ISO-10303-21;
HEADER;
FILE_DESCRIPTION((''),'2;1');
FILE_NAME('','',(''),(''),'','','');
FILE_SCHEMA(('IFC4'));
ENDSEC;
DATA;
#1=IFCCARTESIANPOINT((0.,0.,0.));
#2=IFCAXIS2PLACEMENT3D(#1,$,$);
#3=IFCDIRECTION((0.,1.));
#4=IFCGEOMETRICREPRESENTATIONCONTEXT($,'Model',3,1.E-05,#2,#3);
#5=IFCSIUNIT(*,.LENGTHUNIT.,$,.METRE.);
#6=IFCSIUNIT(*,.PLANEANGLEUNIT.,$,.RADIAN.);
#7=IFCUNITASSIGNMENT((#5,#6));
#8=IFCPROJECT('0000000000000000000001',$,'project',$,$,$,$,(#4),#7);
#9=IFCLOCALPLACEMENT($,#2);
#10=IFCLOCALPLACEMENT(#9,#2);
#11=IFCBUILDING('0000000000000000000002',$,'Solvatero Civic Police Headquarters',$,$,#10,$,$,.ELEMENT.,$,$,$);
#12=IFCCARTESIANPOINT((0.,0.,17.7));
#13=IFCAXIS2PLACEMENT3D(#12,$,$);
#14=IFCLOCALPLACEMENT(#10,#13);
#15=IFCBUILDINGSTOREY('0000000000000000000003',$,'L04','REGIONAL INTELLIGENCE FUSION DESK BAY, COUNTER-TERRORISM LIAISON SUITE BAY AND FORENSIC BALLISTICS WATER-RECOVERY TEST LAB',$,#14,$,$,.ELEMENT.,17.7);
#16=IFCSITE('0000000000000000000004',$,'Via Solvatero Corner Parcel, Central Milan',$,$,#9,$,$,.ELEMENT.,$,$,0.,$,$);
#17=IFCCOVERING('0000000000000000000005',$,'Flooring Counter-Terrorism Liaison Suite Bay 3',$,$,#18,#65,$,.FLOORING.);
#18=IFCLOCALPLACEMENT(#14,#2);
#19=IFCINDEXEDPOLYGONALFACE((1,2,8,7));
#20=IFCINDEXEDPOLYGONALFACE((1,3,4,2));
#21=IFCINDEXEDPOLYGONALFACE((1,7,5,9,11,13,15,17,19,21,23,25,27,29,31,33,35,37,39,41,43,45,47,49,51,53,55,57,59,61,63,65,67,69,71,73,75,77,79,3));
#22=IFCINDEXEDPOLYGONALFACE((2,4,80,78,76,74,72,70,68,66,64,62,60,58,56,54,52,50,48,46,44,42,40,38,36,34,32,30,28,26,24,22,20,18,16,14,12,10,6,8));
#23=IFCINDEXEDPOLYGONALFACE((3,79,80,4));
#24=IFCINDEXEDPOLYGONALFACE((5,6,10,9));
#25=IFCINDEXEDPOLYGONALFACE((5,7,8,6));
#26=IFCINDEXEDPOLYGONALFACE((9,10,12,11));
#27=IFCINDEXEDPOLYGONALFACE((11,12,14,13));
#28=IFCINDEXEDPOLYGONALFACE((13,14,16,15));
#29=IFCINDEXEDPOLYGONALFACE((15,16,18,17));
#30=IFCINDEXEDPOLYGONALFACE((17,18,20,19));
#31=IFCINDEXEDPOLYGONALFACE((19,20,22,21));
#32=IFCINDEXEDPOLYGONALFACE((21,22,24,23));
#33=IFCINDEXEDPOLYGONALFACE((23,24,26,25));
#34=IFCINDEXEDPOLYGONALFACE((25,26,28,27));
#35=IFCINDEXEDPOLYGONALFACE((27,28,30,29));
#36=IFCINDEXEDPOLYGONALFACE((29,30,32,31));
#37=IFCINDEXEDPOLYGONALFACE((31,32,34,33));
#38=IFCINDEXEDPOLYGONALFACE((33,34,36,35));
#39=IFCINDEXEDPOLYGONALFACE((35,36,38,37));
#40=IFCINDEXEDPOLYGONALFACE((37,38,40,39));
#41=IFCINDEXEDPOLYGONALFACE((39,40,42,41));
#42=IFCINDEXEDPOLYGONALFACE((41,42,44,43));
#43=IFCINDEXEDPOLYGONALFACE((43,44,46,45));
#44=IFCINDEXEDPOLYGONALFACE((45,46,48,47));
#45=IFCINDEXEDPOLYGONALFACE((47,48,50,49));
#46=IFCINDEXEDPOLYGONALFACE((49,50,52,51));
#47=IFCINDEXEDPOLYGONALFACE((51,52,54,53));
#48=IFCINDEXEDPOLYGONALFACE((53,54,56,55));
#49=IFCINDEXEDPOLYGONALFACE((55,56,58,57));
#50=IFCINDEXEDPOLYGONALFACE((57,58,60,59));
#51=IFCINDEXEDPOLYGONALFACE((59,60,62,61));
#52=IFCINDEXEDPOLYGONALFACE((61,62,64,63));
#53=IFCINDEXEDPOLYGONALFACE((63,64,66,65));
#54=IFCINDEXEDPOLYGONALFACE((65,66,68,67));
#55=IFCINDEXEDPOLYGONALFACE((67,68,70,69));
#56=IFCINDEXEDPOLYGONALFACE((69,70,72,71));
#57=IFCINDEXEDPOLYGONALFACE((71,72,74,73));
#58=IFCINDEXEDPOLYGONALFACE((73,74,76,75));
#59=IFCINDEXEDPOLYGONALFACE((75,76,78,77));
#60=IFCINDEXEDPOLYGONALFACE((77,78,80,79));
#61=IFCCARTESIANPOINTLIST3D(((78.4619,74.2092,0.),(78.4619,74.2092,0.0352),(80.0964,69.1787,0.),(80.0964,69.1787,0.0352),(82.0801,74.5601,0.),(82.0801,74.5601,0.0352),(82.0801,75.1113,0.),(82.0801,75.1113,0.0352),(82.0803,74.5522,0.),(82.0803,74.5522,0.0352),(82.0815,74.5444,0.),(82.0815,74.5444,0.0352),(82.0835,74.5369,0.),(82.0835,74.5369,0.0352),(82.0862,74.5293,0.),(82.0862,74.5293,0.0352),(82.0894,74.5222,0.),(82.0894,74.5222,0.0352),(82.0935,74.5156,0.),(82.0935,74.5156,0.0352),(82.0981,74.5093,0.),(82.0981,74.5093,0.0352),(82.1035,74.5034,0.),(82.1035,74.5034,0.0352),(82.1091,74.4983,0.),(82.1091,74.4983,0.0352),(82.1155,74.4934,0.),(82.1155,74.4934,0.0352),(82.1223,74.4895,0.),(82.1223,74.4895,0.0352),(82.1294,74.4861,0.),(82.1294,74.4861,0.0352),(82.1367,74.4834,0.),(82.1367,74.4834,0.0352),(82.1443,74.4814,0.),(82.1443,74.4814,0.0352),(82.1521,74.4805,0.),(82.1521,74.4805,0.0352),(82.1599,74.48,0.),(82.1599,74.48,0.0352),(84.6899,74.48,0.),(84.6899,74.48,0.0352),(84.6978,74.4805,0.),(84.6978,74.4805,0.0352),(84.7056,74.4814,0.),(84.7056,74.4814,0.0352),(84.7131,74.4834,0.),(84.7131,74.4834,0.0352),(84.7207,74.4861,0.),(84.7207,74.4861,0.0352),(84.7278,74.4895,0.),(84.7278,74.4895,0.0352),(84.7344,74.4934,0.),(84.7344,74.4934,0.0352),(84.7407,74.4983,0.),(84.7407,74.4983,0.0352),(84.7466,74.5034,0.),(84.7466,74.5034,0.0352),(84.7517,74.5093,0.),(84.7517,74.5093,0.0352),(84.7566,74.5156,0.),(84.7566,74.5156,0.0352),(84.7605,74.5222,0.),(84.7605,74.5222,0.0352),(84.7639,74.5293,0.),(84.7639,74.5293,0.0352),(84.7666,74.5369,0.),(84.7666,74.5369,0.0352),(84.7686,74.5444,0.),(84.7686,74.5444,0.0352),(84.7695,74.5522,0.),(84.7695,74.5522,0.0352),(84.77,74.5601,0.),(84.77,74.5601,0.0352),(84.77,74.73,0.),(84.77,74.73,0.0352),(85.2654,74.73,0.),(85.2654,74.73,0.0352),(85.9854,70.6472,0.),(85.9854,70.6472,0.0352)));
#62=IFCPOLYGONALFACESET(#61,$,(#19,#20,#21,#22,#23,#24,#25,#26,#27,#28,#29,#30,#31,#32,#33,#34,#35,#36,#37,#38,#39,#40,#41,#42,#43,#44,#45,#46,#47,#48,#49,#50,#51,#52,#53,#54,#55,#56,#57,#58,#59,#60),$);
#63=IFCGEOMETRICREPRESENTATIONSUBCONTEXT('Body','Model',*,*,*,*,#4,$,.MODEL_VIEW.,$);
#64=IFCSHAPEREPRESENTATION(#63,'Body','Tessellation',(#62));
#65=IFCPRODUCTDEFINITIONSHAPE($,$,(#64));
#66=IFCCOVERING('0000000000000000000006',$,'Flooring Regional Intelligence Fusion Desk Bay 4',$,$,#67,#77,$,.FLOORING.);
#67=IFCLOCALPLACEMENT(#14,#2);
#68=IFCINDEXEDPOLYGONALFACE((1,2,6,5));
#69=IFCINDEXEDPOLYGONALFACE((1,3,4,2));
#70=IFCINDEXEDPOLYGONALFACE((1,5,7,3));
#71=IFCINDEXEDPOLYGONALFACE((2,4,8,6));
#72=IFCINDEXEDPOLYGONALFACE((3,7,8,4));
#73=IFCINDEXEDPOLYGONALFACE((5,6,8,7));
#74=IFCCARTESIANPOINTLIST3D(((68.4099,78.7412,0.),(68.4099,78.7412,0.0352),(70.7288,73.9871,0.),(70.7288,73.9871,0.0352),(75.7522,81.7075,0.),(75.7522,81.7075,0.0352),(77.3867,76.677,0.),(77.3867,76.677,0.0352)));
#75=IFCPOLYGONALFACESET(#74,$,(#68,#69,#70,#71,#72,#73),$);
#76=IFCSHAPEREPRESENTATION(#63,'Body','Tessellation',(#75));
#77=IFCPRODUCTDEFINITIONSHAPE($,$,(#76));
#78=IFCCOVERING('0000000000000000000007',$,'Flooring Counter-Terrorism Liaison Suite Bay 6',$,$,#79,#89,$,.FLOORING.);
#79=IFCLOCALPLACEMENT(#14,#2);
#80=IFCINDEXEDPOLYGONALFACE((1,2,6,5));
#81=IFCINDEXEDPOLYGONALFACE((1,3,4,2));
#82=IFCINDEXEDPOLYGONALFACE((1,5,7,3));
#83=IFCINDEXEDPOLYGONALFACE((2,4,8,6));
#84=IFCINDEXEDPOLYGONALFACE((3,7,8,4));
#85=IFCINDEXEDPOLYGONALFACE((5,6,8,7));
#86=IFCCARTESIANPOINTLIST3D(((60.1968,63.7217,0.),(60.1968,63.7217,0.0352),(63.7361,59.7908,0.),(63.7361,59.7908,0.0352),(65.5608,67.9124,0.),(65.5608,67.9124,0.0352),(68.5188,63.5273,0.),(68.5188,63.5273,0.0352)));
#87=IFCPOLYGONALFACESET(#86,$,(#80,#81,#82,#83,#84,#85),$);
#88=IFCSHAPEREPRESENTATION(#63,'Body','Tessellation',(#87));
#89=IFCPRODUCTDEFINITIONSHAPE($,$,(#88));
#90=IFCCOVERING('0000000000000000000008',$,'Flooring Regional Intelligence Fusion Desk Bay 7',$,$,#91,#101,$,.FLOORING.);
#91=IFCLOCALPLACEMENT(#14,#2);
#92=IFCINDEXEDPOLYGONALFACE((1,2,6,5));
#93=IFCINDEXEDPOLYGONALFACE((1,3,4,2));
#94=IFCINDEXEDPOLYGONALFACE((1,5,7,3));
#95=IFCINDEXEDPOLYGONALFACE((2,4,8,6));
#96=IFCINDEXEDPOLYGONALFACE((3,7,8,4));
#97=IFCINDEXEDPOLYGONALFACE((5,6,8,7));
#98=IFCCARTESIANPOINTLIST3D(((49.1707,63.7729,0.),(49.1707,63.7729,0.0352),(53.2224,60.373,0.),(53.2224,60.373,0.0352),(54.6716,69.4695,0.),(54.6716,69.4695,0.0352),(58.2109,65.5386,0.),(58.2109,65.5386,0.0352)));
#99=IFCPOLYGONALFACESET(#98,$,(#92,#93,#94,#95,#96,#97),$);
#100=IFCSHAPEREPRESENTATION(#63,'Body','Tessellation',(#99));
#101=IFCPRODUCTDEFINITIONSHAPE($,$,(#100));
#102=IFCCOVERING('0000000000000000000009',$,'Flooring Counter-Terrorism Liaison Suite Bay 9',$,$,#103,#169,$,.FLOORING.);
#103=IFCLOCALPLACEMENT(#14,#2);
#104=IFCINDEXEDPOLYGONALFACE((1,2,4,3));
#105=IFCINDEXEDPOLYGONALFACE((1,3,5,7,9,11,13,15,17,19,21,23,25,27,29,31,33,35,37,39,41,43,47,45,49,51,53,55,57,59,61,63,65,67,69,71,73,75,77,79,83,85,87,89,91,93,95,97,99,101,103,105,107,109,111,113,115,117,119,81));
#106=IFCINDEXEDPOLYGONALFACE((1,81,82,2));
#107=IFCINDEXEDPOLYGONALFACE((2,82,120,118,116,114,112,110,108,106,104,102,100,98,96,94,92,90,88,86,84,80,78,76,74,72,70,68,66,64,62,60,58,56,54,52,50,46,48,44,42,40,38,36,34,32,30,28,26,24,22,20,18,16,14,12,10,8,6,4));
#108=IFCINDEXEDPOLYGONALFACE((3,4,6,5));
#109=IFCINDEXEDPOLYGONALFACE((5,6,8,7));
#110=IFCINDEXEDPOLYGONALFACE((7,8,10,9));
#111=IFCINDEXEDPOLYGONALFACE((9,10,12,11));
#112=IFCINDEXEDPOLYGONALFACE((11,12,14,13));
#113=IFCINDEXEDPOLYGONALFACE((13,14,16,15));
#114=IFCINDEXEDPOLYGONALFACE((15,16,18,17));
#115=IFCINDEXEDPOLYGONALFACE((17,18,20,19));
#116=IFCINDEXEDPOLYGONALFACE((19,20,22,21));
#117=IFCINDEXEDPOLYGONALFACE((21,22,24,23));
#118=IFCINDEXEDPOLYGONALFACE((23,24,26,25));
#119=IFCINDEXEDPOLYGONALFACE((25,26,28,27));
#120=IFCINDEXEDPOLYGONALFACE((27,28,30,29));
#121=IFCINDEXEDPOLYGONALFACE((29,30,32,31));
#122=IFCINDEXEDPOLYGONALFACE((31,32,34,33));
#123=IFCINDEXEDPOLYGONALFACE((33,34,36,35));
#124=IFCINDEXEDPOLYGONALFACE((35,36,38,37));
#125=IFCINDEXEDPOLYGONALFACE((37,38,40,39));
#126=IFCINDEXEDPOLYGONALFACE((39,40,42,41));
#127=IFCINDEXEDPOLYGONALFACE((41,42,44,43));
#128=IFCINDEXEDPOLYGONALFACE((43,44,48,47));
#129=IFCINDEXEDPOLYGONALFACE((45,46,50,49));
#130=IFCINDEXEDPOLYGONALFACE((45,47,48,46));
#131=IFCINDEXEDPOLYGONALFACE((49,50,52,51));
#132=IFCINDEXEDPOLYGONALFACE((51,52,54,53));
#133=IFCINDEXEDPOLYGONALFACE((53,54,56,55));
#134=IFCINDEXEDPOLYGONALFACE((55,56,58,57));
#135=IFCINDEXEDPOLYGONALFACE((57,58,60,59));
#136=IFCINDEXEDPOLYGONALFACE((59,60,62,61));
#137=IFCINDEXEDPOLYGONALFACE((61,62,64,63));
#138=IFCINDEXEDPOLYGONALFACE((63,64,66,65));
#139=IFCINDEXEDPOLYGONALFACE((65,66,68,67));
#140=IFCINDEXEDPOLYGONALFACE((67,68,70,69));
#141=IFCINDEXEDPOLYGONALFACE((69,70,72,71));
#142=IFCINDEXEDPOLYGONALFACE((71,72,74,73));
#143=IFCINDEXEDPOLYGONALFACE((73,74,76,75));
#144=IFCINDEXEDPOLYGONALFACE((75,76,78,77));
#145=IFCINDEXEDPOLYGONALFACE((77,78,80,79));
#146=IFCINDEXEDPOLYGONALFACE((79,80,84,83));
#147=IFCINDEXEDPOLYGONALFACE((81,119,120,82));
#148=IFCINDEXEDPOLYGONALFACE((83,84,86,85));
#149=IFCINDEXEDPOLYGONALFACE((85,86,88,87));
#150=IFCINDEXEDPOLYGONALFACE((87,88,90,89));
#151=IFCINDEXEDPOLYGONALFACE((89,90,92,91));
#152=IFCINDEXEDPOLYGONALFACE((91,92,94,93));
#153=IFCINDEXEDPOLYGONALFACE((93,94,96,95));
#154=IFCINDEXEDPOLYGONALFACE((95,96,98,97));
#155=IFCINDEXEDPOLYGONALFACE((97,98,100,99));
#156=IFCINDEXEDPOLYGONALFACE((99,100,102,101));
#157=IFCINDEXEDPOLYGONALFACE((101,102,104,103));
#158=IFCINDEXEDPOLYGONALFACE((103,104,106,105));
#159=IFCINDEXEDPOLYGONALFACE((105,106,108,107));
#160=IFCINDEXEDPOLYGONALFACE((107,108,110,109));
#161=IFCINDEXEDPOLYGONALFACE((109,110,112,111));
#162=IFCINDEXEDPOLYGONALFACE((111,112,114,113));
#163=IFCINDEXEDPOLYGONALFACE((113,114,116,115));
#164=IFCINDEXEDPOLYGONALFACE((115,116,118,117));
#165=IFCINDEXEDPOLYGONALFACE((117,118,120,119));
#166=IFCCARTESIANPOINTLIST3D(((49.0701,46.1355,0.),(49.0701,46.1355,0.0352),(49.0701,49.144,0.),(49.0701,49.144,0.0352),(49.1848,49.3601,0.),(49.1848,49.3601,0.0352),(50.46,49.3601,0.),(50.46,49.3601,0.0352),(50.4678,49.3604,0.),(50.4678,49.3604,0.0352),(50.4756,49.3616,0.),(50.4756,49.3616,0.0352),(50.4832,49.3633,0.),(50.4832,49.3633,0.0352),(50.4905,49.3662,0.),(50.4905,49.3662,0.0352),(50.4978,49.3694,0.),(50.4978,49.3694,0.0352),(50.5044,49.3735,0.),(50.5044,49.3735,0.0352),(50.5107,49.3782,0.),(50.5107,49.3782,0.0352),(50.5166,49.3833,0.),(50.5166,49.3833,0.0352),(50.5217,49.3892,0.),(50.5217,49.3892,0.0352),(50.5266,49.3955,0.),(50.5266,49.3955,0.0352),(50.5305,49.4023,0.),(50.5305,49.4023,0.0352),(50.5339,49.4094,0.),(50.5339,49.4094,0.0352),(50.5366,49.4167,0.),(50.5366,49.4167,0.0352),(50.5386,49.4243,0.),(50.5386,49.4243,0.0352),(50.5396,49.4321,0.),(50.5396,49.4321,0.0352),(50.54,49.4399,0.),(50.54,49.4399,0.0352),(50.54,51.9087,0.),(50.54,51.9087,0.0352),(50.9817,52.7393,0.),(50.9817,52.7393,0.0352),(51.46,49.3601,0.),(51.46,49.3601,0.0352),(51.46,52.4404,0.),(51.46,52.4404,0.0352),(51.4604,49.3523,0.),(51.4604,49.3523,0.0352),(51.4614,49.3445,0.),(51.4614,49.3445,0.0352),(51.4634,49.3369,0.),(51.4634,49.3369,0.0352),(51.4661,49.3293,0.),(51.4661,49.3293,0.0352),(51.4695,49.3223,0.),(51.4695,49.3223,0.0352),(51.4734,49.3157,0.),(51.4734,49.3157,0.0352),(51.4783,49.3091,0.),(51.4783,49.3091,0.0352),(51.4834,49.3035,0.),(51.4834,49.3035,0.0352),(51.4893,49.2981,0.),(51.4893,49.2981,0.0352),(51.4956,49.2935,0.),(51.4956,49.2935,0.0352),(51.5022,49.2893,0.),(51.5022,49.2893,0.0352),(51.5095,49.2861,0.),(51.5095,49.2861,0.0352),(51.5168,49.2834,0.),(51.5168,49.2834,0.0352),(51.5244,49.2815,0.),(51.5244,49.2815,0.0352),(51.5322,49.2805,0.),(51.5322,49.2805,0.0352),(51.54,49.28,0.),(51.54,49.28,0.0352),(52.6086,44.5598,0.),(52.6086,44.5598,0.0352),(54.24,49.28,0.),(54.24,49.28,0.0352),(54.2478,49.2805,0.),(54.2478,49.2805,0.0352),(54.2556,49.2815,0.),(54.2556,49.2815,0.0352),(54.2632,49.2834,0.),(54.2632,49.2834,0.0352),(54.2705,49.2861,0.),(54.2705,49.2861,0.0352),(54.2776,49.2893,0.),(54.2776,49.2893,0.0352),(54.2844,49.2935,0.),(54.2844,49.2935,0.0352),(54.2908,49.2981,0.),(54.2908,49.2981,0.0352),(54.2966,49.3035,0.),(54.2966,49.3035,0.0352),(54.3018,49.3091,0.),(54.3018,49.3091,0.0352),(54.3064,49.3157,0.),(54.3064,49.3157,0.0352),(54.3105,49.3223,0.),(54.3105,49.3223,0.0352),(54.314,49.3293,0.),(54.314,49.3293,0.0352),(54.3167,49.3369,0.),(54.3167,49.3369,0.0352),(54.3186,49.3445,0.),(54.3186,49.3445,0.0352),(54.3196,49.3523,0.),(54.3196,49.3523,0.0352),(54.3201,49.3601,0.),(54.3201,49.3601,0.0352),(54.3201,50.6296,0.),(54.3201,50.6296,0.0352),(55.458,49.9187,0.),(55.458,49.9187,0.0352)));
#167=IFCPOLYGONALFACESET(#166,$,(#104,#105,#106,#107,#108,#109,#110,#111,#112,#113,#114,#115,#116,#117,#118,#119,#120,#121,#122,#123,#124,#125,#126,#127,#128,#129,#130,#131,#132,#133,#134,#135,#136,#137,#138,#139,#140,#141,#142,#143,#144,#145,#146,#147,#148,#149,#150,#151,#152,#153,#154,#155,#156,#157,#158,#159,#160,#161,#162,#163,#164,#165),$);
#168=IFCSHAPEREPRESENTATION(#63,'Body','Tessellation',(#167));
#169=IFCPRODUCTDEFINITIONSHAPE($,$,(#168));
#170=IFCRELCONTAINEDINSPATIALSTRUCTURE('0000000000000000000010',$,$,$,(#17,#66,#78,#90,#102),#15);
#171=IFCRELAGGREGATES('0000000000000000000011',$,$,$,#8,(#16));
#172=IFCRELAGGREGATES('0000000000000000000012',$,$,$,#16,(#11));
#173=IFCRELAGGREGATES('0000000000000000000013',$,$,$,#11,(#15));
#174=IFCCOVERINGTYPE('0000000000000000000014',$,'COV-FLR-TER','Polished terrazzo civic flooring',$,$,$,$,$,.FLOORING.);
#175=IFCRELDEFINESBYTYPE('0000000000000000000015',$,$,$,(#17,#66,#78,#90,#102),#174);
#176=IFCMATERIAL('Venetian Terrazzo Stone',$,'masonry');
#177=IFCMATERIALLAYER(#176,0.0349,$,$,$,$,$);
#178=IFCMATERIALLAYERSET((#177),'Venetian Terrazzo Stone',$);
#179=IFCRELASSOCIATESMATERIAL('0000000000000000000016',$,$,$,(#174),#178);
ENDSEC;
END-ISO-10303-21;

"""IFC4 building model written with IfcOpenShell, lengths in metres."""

from ifc_helpers import new_model, si_unit, direction, frame, origin, place, context, subcontext, project, spatial, polyline, outline, extrude, material, layer, layer_set, type_object, element, save


model = new_model("IFC4")

# Units and contexts
model_context = context("Model", 3, precision=1e-05, world=origin(), true_north=direction((0.0, 1.0)))
body_context = subcontext(model_context, "Body", "Model", "MODEL_VIEW")
ifc_project = project(units=[si_unit("LENGTHUNIT", "METRE"), si_unit("PLANEANGLEUNIT", "RADIAN")], contexts=[model_context])

# Site, building, storey
site_placement = place(None, origin())
site = spatial("IfcSite", under=ifc_project, at=site_placement, Name="Via Solvatero Corner Parcel, Central Milan", CompositionType="ELEMENT", RefElevation=0.0)
building_placement = place(site_placement, origin())
building = spatial("IfcBuilding", under=site, at=building_placement, Name="Solvatero Civic Police Headquarters", CompositionType="ELEMENT")
storey_placement = place(building_placement, frame((0.0, 0.0, 17.7)))
storey = spatial("IfcBuildingStorey", under=building, at=storey_placement, Name="L04", Description="REGIONAL INTELLIGENCE FUSION DESK BAY, COUNTER-TERRORISM LIAISON SUITE BAY AND FORENSIC BALLISTICS WATER-RECOVERY TEST LAB", CompositionType="ELEMENT", Elevation=17.7)

# Coverings
ifc_material_1 = material(Name="Venetian Terrazzo Stone", Category="masonry")
ifc_layer_1 = layer(ifc_material_1, 0.0349)
ifc_layer_set_1 = layer_set([ifc_layer_1], Name="Venetian Terrazzo Stone")
covering_type_1 = type_object("IfcCoveringType", Name="COV-FLR-TER", Description="Polished terrazzo civic flooring", PredefinedType="FLOORING", material=ifc_layer_set_1)
covering_1_placement = place(storey_placement, origin())
element("IfcCovering", 1, at=covering_1_placement, inside=storey, type_object=covering_type_1, Name="Flooring Counter-Terrorism Liaison Suite Bay 3", PredefinedType="FLOORING", context=body_context, shape_type="SweptSolid", body=[
    extrude(outline(polyline([(80.0964, 69.1787), (78.4619, 74.2092), (82.0801, 75.1113), (82.0801, 74.5601), (82.0803, 74.5522), (82.0815, 74.5444), (82.0835, 74.5369), (82.0862, 74.5293), (82.0894, 74.5222), (82.0935, 74.5156), (82.0981, 74.5093), (82.1035, 74.5034), (82.1091, 74.4983), (82.1155, 74.4934), (82.1223, 74.4895), (82.1294, 74.4861), (82.1367, 74.4834), (82.1443, 74.4814), (82.1521, 74.4805), (82.1599, 74.48), (84.6899, 74.48), (84.6978, 74.4805), (84.7056, 74.4814), (84.7131, 74.4834), (84.7207, 74.4861), (84.7278, 74.4895), (84.7344, 74.4934), (84.7407, 74.4983), (84.7466, 74.5034), (84.7517, 74.5093), (84.7566, 74.5156), (84.7605, 74.5222), (84.7639, 74.5293), (84.7666, 74.5369), (84.7686, 74.5444), (84.7695, 74.5522), (84.77, 74.5601), (84.77, 74.73), (85.2654, 74.73), (85.9854, 70.6472), (80.0964, 69.1787)])), origin(), (0.0, 0.0, 1.0), 0.0352),
])
covering_2_placement = place(storey_placement, origin())
element("IfcCovering", 2, at=covering_2_placement, inside=storey, type_object=covering_type_1, Name="Flooring Regional Intelligence Fusion Desk Bay 4", PredefinedType="FLOORING", context=body_context, shape_type="SweptSolid", body=[
    extrude(outline(polyline([(70.7288, 73.9871), (68.4099, 78.7412), (75.7522, 81.7075), (77.3867, 76.677), (70.7288, 73.9871)])), origin(), (0.0, 0.0, 1.0), 0.0352),
])
covering_3_placement = place(storey_placement, origin())
element("IfcCovering", 3, at=covering_3_placement, inside=storey, type_object=covering_type_1, Name="Flooring Counter-Terrorism Liaison Suite Bay 6", PredefinedType="FLOORING", context=body_context, shape_type="SweptSolid", body=[
    extrude(outline(polyline([(63.7361, 59.7908), (60.1968, 63.7217), (65.5608, 67.9124), (68.5188, 63.5273), (63.7361, 59.7908)])), origin(), (0.0, 0.0, 1.0), 0.0352),
])
covering_4_placement = place(storey_placement, origin())
element("IfcCovering", 4, at=covering_4_placement, inside=storey, type_object=covering_type_1, Name="Flooring Regional Intelligence Fusion Desk Bay 7", PredefinedType="FLOORING", context=body_context, shape_type="SweptSolid", body=[
    extrude(outline(polyline([(53.2224, 60.373), (49.1707, 63.7729), (54.6716, 69.4695), (58.2109, 65.5386), (53.2224, 60.373)])), origin(), (0.0, 0.0, 1.0), 0.0352),
])
covering_5_placement = place(storey_placement, origin())
element("IfcCovering", 5, at=covering_5_placement, inside=storey, type_object=covering_type_1, Name="Flooring Counter-Terrorism Liaison Suite Bay 9", PredefinedType="FLOORING", context=body_context, shape_type="SweptSolid", body=[
    extrude(outline(polyline([(50.9817, 52.7393), (51.46, 52.4404), (51.46, 49.3601), (51.4604, 49.3523), (51.4614, 49.3445), (51.4634, 49.3369), (51.4661, 49.3293), (51.4695, 49.3223), (51.4734, 49.3157), (51.4783, 49.3091), (51.4834, 49.3035), (51.4893, 49.2981), (51.4956, 49.2935), (51.5022, 49.2893), (51.5095, 49.2861), (51.5168, 49.2834), (51.5244, 49.2815), (51.5322, 49.2805), (51.54, 49.28), (54.24, 49.28), (54.2478, 49.2805), (54.2556, 49.2815), (54.2632, 49.2834), (54.2705, 49.2861), (54.2776, 49.2893), (54.2844, 49.2935), (54.2908, 49.2981), (54.2966, 49.3035), (54.3018, 49.3091), (54.3064, 49.3157), (54.3105, 49.3223), (54.314, 49.3293), (54.3167, 49.3369), (54.3186, 49.3445), (54.3196, 49.3523), (54.3201, 49.3601), (54.3201, 50.6296), (55.458, 49.9187), (52.6086, 44.5598), (49.0701, 46.1355), (49.0701, 49.144), (49.1848, 49.3601), (50.46, 49.3601), (50.4678, 49.3604), (50.4756, 49.3616), (50.4832, 49.3633), (50.4905, 49.3662), (50.4978, 49.3694), (50.5044, 49.3735), (50.5107, 49.3782), (50.5166, 49.3833), (50.5217, 49.3892), (50.5266, 49.3955), (50.5305, 49.4023), (50.5339, 49.4094), (50.5366, 49.4167), (50.5386, 49.4243), (50.5396, 49.4321), (50.54, 49.4399), (50.54, 51.9087), (50.9817, 52.7393)])), origin(), (0.0, 0.0, 1.0), 0.0352),
])

save(model, "model.ifc")
